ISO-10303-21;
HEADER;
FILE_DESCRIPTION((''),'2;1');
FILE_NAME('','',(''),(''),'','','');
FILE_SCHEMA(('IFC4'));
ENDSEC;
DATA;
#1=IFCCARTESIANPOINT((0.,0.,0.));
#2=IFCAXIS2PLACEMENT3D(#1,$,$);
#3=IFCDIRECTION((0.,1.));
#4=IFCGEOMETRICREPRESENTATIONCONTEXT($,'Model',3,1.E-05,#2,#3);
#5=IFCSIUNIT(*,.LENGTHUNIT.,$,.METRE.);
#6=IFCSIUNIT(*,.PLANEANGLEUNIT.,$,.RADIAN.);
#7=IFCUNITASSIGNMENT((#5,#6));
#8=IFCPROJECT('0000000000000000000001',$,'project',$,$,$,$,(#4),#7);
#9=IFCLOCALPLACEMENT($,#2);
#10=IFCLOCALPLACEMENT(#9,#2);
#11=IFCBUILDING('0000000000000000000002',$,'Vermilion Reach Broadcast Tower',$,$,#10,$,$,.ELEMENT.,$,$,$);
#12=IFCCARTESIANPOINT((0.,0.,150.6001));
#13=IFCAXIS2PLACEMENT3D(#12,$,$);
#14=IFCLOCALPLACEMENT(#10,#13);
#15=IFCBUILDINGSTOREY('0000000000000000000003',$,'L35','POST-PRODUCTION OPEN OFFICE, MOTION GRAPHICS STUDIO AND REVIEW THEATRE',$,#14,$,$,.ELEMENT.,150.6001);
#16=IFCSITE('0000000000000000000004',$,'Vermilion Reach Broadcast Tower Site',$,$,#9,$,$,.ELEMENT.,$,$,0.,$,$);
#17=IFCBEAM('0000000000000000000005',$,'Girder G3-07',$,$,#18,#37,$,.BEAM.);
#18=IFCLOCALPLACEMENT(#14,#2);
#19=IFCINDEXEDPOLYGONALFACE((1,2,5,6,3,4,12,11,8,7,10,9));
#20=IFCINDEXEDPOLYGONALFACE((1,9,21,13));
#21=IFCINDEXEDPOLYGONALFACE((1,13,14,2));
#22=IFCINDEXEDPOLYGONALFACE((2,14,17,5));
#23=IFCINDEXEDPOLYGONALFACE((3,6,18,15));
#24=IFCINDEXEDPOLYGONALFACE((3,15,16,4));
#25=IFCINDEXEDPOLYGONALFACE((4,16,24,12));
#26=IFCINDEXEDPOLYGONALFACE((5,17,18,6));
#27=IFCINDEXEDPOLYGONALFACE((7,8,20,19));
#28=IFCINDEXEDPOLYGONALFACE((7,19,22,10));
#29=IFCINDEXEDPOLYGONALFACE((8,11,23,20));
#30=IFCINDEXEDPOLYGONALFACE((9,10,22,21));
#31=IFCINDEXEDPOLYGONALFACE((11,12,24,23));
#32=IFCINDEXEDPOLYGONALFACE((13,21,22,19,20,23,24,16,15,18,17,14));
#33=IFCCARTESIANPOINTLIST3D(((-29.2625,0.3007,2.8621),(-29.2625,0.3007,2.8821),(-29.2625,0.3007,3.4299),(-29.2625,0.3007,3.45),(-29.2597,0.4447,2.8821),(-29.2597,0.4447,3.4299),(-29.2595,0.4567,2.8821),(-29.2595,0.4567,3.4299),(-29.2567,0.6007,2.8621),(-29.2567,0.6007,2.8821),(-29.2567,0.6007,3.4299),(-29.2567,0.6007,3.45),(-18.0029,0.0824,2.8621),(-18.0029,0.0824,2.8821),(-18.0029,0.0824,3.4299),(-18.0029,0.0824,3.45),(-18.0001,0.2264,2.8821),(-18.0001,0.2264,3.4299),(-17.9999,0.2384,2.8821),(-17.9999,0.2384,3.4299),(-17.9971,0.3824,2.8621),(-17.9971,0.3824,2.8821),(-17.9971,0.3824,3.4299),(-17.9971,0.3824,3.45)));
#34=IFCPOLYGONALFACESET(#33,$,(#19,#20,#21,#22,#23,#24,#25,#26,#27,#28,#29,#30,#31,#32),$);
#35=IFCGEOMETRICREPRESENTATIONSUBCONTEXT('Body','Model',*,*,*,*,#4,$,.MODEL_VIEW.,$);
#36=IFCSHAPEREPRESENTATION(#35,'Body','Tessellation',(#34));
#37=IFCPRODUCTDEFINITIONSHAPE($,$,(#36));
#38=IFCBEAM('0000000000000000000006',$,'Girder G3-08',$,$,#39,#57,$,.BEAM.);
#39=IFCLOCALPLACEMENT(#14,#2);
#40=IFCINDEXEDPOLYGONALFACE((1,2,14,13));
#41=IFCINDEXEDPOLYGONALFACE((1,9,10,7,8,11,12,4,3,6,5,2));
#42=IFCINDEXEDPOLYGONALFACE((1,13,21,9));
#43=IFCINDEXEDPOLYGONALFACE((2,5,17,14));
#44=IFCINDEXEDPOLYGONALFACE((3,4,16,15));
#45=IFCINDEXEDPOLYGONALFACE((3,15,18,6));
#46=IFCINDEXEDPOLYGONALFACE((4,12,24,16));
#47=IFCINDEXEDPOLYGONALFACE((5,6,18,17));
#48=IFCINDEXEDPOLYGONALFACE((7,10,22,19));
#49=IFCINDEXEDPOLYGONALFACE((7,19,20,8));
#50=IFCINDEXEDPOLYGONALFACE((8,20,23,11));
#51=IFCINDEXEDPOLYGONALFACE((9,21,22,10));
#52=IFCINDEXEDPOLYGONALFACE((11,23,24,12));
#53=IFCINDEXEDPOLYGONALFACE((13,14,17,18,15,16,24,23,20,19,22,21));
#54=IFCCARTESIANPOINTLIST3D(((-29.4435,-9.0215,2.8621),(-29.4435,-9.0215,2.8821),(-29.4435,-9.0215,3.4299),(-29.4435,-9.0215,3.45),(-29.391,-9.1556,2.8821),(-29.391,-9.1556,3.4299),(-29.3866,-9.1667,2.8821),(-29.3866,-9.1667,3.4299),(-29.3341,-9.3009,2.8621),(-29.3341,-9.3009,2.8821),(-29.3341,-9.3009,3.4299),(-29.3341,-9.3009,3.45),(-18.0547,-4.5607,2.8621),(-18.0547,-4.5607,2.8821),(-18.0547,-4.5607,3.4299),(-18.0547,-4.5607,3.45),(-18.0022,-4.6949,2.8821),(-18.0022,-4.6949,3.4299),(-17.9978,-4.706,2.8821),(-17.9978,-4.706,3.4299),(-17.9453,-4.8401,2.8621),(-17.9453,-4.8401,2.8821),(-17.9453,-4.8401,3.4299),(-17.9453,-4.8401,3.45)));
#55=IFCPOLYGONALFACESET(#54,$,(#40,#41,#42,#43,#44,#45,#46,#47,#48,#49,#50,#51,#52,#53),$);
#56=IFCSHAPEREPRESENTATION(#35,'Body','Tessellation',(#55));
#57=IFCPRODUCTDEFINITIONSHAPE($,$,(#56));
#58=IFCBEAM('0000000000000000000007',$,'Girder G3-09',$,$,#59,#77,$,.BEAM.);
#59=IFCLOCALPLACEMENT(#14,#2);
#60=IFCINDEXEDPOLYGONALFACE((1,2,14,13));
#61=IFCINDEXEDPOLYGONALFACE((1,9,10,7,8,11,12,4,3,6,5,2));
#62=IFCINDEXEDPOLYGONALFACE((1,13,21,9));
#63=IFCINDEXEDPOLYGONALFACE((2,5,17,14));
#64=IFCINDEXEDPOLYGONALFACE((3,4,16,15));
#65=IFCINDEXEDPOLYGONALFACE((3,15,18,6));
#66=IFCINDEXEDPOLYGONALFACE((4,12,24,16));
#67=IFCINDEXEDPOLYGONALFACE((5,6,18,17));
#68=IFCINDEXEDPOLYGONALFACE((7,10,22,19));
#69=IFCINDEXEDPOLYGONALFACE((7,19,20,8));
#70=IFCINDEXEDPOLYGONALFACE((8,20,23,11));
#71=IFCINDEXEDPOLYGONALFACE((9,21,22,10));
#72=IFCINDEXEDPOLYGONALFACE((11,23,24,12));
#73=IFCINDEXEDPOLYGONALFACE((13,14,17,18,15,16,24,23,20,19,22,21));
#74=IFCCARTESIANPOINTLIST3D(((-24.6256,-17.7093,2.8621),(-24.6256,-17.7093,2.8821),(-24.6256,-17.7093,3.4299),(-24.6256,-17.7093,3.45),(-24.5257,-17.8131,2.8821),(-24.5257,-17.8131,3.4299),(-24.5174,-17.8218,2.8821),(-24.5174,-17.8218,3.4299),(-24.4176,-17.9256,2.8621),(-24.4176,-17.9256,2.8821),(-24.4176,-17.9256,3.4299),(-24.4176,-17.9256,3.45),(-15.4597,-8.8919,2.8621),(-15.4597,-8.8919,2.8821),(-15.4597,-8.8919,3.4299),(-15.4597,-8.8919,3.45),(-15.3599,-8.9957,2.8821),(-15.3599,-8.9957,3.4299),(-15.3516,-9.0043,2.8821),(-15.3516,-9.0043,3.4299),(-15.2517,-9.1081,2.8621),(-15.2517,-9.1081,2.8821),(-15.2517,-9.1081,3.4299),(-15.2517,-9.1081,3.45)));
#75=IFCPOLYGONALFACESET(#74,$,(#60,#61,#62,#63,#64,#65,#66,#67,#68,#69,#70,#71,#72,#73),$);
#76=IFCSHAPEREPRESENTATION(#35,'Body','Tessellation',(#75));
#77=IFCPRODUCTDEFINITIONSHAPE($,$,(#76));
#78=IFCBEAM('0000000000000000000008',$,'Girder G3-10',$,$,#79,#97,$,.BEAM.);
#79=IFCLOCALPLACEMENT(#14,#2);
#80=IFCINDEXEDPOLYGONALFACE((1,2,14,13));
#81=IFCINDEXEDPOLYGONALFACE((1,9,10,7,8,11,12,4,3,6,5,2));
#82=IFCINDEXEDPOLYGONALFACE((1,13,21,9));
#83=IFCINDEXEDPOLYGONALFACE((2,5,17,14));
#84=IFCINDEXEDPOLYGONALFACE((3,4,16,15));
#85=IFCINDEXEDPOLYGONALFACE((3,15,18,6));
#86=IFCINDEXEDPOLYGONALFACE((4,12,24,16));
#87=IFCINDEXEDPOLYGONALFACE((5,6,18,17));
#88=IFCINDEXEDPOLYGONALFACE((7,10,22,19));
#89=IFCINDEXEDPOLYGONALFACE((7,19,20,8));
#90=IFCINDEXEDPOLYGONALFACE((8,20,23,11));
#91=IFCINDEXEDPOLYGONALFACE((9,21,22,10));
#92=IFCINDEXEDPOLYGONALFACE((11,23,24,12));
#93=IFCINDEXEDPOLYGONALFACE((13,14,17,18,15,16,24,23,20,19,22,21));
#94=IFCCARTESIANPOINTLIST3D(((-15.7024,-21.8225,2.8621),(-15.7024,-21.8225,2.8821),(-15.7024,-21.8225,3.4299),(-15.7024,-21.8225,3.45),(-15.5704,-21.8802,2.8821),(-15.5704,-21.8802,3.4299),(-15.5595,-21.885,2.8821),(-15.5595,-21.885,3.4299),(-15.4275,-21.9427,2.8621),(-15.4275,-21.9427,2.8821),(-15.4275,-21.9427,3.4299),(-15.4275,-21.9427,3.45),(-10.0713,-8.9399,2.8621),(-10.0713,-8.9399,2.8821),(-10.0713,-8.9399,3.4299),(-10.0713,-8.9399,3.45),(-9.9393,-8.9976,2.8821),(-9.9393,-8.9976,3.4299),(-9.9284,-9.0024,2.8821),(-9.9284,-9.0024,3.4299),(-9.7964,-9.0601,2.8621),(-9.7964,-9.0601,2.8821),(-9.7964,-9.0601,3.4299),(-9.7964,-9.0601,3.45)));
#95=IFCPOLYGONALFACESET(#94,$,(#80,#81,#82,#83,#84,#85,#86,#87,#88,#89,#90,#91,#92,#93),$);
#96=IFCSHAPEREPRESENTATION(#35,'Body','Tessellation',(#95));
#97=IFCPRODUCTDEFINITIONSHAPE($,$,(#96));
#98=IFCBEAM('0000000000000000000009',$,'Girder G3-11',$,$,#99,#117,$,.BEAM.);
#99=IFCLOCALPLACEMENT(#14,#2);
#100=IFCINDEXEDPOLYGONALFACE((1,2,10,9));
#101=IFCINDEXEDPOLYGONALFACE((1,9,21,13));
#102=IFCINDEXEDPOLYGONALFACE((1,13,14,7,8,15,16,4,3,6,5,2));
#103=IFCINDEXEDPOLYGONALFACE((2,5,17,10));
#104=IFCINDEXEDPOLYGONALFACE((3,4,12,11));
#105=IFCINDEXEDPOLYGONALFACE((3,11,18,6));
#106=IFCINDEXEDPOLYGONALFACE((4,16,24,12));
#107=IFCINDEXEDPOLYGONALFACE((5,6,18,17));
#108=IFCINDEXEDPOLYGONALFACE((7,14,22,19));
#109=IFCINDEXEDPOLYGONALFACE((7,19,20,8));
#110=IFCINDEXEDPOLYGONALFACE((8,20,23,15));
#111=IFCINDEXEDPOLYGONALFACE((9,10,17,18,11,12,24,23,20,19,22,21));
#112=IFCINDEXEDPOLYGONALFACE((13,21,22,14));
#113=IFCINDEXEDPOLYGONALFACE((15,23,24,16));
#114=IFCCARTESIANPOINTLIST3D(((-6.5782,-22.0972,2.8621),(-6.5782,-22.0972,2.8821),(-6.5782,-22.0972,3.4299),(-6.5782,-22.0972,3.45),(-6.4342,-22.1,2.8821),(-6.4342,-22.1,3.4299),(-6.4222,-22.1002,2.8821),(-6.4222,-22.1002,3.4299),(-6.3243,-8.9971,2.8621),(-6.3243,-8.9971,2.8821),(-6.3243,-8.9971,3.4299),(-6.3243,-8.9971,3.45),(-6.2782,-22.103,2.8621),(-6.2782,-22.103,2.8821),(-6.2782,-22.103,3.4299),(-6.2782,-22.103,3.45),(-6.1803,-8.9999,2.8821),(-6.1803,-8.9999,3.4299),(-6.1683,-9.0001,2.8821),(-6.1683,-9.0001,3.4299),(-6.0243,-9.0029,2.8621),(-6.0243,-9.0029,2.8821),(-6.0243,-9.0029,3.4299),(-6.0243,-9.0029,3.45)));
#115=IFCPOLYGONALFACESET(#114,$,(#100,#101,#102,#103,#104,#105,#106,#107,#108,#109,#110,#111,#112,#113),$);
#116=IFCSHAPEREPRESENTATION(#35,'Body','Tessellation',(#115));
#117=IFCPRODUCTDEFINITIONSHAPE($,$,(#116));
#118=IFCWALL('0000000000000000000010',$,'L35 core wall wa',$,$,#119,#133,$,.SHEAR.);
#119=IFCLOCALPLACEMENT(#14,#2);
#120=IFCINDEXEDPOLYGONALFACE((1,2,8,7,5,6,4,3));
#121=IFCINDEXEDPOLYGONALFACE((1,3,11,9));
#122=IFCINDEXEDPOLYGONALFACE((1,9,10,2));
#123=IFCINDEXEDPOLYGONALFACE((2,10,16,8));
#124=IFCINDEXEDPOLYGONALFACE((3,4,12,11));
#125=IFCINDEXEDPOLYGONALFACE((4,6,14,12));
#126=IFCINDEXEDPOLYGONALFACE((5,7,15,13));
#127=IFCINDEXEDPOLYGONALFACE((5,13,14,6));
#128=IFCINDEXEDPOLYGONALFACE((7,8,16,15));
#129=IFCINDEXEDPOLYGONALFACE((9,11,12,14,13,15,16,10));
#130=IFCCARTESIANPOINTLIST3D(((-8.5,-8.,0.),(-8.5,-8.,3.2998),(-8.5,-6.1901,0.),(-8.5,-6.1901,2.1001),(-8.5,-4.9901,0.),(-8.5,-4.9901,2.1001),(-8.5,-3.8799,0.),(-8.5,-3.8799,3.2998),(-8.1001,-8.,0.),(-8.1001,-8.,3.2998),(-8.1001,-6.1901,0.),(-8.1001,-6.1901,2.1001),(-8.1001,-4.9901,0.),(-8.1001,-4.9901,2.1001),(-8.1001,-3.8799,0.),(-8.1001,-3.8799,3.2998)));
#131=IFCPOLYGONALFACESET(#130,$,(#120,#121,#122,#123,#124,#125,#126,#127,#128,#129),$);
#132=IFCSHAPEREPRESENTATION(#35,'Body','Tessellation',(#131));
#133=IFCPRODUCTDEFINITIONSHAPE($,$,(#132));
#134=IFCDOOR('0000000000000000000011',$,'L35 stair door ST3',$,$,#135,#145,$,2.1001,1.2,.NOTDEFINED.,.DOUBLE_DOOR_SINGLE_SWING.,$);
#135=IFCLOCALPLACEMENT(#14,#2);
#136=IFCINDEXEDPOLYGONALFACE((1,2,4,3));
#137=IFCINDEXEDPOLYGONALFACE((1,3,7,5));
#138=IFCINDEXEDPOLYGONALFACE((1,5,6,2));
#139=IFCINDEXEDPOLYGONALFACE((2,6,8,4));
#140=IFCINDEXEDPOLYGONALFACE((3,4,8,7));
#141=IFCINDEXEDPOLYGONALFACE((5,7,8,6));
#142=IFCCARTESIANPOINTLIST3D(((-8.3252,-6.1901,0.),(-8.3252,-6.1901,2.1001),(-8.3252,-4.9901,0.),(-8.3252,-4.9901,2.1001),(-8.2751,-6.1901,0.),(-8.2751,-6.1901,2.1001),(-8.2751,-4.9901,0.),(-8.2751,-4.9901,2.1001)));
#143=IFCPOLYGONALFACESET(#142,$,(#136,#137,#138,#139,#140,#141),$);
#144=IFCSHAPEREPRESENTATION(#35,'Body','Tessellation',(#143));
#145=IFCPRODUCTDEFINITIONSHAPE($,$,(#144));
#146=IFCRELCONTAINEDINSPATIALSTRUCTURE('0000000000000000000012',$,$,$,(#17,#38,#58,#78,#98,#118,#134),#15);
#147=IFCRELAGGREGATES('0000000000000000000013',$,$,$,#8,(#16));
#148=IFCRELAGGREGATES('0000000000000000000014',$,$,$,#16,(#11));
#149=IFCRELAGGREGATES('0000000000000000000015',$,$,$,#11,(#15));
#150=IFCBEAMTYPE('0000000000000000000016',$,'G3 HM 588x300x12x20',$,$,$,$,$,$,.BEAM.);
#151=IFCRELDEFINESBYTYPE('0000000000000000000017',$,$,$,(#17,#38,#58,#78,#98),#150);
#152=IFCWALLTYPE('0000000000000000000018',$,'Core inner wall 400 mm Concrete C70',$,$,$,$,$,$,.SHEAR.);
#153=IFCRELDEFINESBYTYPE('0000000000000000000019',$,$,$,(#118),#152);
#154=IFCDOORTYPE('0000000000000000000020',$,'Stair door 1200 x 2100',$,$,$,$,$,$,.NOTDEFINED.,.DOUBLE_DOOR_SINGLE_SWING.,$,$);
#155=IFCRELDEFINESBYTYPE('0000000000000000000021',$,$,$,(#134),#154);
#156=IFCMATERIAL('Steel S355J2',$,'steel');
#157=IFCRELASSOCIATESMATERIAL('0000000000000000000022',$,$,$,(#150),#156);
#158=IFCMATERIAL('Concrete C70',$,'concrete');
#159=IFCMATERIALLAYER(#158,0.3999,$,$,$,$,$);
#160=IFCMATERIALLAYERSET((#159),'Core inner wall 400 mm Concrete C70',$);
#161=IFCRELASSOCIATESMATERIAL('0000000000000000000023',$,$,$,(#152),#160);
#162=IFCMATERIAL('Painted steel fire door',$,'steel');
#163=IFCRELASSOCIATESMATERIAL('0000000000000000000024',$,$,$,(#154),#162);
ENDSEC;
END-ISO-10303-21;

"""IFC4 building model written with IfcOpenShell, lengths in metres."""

from ifc_helpers import new_model, si_unit, direction, frame, frame_2d, origin, origin_2d, place, context, subcontext, project, spatial, rectangle, i_section, extrude, material, layer, layer_set, material_profile, profile_set, type_object, element, fill, save


model = new_model("IFC4")

# Units and contexts
model_context = context("Model", 3, precision=1e-05, world=origin(), true_north=direction((0.0, 1.0)))
body_context = subcontext(model_context, "Body", "Model", "MODEL_VIEW")
ifc_project = project(units=[si_unit("LENGTHUNIT", "METRE"), si_unit("PLANEANGLEUNIT", "RADIAN")], contexts=[model_context])

# Site, building, storey
site_placement = place(None, origin())
site = spatial("IfcSite", under=ifc_project, at=site_placement, Name="Vermilion Reach Broadcast Tower Site", CompositionType="ELEMENT", RefElevation=0.0)
building_placement = place(site_placement, origin())
building = spatial("IfcBuilding", under=site, at=building_placement, Name="Vermilion Reach Broadcast Tower", CompositionType="ELEMENT")
storey_placement = place(building_placement, frame((0.0, 0.0, 150.6001)))
storey = spatial("IfcBuildingStorey", under=building, at=storey_placement, Name="L35", Description="POST-PRODUCTION OPEN OFFICE, MOTION GRAPHICS STUDIO AND REVIEW THEATRE", CompositionType="ELEMENT", Elevation=150.6001)

# Beams
ifc_material_1 = material(Name="Steel S355J2", Category="steel")
ifc_material_profile = material_profile(ifc_material_1, i_section(OverallWidth=0.3, OverallDepth=0.5879, WebThickness=0.012, FlangeThickness=0.02, at=origin_2d()), Name="S355J2 HM 588x300x12x20")
ifc_profile_set = profile_set([ifc_material_profile], Name="Steel S355J2")
beam_type = type_object("IfcBeamType", Name="G3 HM 588x300x12x20", PredefinedType="BEAM", material=ifc_profile_set)
beam_1_placement = place(storey_placement, frame((-18.0, 0.2324, 3.156), z_axis=(-0.999812, 0.019381, 0.0), x_axis=(-0.019381, -0.999812, 0.0)))
element("IfcBeam", 1, at=beam_1_placement, inside=storey, type_object=beam_type, Name="Girder G3-07", PredefinedType="BEAM", context=body_context, shape_type="SweptSolid", body=[
    extrude(i_section(OverallWidth=0.3, OverallDepth=0.5879, WebThickness=0.012, FlangeThickness=0.02, at=origin_2d()), origin(), (0.0, 0.0, 1.0), 11.2617),
])
beam_2_placement = place(storey_placement, frame((-18.0, -4.7004, 3.156), z_axis=(-0.931125, -0.364701, 0.0), x_axis=(0.364701, -0.931125, 0.0)))
element("IfcBeam", 2, at=beam_2_placement, inside=storey, type_object=beam_type, Name="Girder G3-08", PredefinedType="BEAM", context=body_context, shape_type="SweptSolid", body=[
    extrude(i_section(OverallWidth=0.3, OverallDepth=0.5879, WebThickness=0.012, FlangeThickness=0.02, at=origin_2d()), origin(), (0.0, 0.0, 1.0), 12.2312),
])
beam_3_placement = place(storey_placement, frame((-15.3557, -9.0, 3.156), z_axis=(-0.72067, -0.693278, 0.0), x_axis=(0.693278, -0.72067, 0.0)))
element("IfcBeam", 3, at=beam_3_placement, inside=storey, type_object=beam_type, Name="Girder G3-09", PredefinedType="BEAM", context=body_context, shape_type="SweptSolid", body=[
    extrude(i_section(OverallWidth=0.3, OverallDepth=0.5879, WebThickness=0.012, FlangeThickness=0.02, at=origin_2d()), origin(), (0.0, 0.0, 1.0), 12.7185),
])
beam_4_placement = place(storey_placement, frame((-9.9338, -9.0, 3.156), z_axis=(-0.400519, -0.916288, 0.0), x_axis=(0.916288, -0.400519, 0.0)))
element("IfcBeam", 4, at=beam_4_placement, inside=storey, type_object=beam_type, Name="Girder G3-10", PredefinedType="BEAM", context=body_context, shape_type="SweptSolid", body=[
    extrude(i_section(OverallWidth=0.3, OverallDepth=0.5879, WebThickness=0.012, FlangeThickness=0.02, at=origin_2d()), origin(), (0.0, 0.0, 1.0), 14.0596),
])
beam_5_placement = place(storey_placement, frame((-6.1743, -9.0, 3.156), z_axis=(-0.019378, -0.999812, 0.0), x_axis=(0.999812, -0.019378, 0.0)))
element("IfcBeam", 5, at=beam_5_placement, inside=storey, type_object=beam_type, Name="Girder G3-11", PredefinedType="BEAM", context=body_context, shape_type="SweptSolid", body=[
    extrude(i_section(OverallWidth=0.3, OverallDepth=0.5879, WebThickness=0.012, FlangeThickness=0.02, at=origin_2d()), origin(), (0.0, 0.0, 1.0), 13.1025),
])

# Wall, opening, door
ifc_material_2 = material(Name="Concrete C70", Category="concrete")
ifc_layer_1 = layer(ifc_material_2, 0.3999)
ifc_layer_set_1 = layer_set([ifc_layer_1], Name="Core inner wall 400 mm Concrete C70")
wall_type_1 = type_object("IfcWallType", Name="Core inner wall 400 mm Concrete C70", PredefinedType="SHEAR", material=ifc_layer_set_1)
wall_1_placement = place(storey_placement, frame((-8.3, -3.8799, 0.0), z_axis=(0.0, 0.0, 1.0), x_axis=(0.0, -1.0, 0.0)))
wall_1 = element("IfcWall", 6, at=wall_1_placement, inside=storey, type_object=wall_type_1, Name="L35 core wall wa", PredefinedType="SHEAR", context=body_context, shape_type="SweptSolid", body=[
    extrude(rectangle(XDim=4.1201, YDim=0.3999, at=frame_2d((2.0601, 0.0))), origin(), (0.0, 0.0, 1.0), 3.2998),
])
opening_1_placement = place(wall_1_placement, frame((1.1101, 0.0, 0.0)))
opening_1 = element("IfcOpeningElement", 7, at=opening_1_placement, cuts=wall_1, PredefinedType="OPENING", context=body_context, shape_type="SweptSolid", body=[
    extrude(rectangle(XDim=1.2, YDim=2.1001, at=frame_2d((0.6001, 1.05))), frame((0.0, 0.21, 0.0), z_axis=(0.0, -1.0, 0.0), x_axis=(1.0, 0.0, 0.0)), (0.0, 0.0, 1.0), 0.4199),
])
ifc_material_3 = material(Name="Painted steel fire door", Category="steel")
door_type_1 = type_object("IfcDoorType", Name="Stair door 1200 x 2100", OperationType="DOUBLE_DOOR_SINGLE_SWING", PredefinedType="NOTDEFINED", material=ifc_material_3)
door_1_placement = place(opening_1_placement, origin())
door_1 = element("IfcDoor", 8, at=door_1_placement, inside=storey, type_object=door_type_1, Name="L35 stair door ST3", OperationType="DOUBLE_DOOR_SINGLE_SWING", OverallHeight=2.1001, OverallWidth=1.2, PredefinedType="NOTDEFINED", context=body_context, shape_type="SweptSolid", body=[
    extrude(rectangle(XDim=1.2, YDim=2.1001, at=frame_2d((0.6001, 1.05))), frame((0.0, 0.0249, 0.0), z_axis=(0.0, -1.0, 0.0), x_axis=(1.0, 0.0, 0.0)), (0.0, 0.0, 1.0), 0.05),
])
fill(opening_1, door_1)

save(model, "model.ifc")
